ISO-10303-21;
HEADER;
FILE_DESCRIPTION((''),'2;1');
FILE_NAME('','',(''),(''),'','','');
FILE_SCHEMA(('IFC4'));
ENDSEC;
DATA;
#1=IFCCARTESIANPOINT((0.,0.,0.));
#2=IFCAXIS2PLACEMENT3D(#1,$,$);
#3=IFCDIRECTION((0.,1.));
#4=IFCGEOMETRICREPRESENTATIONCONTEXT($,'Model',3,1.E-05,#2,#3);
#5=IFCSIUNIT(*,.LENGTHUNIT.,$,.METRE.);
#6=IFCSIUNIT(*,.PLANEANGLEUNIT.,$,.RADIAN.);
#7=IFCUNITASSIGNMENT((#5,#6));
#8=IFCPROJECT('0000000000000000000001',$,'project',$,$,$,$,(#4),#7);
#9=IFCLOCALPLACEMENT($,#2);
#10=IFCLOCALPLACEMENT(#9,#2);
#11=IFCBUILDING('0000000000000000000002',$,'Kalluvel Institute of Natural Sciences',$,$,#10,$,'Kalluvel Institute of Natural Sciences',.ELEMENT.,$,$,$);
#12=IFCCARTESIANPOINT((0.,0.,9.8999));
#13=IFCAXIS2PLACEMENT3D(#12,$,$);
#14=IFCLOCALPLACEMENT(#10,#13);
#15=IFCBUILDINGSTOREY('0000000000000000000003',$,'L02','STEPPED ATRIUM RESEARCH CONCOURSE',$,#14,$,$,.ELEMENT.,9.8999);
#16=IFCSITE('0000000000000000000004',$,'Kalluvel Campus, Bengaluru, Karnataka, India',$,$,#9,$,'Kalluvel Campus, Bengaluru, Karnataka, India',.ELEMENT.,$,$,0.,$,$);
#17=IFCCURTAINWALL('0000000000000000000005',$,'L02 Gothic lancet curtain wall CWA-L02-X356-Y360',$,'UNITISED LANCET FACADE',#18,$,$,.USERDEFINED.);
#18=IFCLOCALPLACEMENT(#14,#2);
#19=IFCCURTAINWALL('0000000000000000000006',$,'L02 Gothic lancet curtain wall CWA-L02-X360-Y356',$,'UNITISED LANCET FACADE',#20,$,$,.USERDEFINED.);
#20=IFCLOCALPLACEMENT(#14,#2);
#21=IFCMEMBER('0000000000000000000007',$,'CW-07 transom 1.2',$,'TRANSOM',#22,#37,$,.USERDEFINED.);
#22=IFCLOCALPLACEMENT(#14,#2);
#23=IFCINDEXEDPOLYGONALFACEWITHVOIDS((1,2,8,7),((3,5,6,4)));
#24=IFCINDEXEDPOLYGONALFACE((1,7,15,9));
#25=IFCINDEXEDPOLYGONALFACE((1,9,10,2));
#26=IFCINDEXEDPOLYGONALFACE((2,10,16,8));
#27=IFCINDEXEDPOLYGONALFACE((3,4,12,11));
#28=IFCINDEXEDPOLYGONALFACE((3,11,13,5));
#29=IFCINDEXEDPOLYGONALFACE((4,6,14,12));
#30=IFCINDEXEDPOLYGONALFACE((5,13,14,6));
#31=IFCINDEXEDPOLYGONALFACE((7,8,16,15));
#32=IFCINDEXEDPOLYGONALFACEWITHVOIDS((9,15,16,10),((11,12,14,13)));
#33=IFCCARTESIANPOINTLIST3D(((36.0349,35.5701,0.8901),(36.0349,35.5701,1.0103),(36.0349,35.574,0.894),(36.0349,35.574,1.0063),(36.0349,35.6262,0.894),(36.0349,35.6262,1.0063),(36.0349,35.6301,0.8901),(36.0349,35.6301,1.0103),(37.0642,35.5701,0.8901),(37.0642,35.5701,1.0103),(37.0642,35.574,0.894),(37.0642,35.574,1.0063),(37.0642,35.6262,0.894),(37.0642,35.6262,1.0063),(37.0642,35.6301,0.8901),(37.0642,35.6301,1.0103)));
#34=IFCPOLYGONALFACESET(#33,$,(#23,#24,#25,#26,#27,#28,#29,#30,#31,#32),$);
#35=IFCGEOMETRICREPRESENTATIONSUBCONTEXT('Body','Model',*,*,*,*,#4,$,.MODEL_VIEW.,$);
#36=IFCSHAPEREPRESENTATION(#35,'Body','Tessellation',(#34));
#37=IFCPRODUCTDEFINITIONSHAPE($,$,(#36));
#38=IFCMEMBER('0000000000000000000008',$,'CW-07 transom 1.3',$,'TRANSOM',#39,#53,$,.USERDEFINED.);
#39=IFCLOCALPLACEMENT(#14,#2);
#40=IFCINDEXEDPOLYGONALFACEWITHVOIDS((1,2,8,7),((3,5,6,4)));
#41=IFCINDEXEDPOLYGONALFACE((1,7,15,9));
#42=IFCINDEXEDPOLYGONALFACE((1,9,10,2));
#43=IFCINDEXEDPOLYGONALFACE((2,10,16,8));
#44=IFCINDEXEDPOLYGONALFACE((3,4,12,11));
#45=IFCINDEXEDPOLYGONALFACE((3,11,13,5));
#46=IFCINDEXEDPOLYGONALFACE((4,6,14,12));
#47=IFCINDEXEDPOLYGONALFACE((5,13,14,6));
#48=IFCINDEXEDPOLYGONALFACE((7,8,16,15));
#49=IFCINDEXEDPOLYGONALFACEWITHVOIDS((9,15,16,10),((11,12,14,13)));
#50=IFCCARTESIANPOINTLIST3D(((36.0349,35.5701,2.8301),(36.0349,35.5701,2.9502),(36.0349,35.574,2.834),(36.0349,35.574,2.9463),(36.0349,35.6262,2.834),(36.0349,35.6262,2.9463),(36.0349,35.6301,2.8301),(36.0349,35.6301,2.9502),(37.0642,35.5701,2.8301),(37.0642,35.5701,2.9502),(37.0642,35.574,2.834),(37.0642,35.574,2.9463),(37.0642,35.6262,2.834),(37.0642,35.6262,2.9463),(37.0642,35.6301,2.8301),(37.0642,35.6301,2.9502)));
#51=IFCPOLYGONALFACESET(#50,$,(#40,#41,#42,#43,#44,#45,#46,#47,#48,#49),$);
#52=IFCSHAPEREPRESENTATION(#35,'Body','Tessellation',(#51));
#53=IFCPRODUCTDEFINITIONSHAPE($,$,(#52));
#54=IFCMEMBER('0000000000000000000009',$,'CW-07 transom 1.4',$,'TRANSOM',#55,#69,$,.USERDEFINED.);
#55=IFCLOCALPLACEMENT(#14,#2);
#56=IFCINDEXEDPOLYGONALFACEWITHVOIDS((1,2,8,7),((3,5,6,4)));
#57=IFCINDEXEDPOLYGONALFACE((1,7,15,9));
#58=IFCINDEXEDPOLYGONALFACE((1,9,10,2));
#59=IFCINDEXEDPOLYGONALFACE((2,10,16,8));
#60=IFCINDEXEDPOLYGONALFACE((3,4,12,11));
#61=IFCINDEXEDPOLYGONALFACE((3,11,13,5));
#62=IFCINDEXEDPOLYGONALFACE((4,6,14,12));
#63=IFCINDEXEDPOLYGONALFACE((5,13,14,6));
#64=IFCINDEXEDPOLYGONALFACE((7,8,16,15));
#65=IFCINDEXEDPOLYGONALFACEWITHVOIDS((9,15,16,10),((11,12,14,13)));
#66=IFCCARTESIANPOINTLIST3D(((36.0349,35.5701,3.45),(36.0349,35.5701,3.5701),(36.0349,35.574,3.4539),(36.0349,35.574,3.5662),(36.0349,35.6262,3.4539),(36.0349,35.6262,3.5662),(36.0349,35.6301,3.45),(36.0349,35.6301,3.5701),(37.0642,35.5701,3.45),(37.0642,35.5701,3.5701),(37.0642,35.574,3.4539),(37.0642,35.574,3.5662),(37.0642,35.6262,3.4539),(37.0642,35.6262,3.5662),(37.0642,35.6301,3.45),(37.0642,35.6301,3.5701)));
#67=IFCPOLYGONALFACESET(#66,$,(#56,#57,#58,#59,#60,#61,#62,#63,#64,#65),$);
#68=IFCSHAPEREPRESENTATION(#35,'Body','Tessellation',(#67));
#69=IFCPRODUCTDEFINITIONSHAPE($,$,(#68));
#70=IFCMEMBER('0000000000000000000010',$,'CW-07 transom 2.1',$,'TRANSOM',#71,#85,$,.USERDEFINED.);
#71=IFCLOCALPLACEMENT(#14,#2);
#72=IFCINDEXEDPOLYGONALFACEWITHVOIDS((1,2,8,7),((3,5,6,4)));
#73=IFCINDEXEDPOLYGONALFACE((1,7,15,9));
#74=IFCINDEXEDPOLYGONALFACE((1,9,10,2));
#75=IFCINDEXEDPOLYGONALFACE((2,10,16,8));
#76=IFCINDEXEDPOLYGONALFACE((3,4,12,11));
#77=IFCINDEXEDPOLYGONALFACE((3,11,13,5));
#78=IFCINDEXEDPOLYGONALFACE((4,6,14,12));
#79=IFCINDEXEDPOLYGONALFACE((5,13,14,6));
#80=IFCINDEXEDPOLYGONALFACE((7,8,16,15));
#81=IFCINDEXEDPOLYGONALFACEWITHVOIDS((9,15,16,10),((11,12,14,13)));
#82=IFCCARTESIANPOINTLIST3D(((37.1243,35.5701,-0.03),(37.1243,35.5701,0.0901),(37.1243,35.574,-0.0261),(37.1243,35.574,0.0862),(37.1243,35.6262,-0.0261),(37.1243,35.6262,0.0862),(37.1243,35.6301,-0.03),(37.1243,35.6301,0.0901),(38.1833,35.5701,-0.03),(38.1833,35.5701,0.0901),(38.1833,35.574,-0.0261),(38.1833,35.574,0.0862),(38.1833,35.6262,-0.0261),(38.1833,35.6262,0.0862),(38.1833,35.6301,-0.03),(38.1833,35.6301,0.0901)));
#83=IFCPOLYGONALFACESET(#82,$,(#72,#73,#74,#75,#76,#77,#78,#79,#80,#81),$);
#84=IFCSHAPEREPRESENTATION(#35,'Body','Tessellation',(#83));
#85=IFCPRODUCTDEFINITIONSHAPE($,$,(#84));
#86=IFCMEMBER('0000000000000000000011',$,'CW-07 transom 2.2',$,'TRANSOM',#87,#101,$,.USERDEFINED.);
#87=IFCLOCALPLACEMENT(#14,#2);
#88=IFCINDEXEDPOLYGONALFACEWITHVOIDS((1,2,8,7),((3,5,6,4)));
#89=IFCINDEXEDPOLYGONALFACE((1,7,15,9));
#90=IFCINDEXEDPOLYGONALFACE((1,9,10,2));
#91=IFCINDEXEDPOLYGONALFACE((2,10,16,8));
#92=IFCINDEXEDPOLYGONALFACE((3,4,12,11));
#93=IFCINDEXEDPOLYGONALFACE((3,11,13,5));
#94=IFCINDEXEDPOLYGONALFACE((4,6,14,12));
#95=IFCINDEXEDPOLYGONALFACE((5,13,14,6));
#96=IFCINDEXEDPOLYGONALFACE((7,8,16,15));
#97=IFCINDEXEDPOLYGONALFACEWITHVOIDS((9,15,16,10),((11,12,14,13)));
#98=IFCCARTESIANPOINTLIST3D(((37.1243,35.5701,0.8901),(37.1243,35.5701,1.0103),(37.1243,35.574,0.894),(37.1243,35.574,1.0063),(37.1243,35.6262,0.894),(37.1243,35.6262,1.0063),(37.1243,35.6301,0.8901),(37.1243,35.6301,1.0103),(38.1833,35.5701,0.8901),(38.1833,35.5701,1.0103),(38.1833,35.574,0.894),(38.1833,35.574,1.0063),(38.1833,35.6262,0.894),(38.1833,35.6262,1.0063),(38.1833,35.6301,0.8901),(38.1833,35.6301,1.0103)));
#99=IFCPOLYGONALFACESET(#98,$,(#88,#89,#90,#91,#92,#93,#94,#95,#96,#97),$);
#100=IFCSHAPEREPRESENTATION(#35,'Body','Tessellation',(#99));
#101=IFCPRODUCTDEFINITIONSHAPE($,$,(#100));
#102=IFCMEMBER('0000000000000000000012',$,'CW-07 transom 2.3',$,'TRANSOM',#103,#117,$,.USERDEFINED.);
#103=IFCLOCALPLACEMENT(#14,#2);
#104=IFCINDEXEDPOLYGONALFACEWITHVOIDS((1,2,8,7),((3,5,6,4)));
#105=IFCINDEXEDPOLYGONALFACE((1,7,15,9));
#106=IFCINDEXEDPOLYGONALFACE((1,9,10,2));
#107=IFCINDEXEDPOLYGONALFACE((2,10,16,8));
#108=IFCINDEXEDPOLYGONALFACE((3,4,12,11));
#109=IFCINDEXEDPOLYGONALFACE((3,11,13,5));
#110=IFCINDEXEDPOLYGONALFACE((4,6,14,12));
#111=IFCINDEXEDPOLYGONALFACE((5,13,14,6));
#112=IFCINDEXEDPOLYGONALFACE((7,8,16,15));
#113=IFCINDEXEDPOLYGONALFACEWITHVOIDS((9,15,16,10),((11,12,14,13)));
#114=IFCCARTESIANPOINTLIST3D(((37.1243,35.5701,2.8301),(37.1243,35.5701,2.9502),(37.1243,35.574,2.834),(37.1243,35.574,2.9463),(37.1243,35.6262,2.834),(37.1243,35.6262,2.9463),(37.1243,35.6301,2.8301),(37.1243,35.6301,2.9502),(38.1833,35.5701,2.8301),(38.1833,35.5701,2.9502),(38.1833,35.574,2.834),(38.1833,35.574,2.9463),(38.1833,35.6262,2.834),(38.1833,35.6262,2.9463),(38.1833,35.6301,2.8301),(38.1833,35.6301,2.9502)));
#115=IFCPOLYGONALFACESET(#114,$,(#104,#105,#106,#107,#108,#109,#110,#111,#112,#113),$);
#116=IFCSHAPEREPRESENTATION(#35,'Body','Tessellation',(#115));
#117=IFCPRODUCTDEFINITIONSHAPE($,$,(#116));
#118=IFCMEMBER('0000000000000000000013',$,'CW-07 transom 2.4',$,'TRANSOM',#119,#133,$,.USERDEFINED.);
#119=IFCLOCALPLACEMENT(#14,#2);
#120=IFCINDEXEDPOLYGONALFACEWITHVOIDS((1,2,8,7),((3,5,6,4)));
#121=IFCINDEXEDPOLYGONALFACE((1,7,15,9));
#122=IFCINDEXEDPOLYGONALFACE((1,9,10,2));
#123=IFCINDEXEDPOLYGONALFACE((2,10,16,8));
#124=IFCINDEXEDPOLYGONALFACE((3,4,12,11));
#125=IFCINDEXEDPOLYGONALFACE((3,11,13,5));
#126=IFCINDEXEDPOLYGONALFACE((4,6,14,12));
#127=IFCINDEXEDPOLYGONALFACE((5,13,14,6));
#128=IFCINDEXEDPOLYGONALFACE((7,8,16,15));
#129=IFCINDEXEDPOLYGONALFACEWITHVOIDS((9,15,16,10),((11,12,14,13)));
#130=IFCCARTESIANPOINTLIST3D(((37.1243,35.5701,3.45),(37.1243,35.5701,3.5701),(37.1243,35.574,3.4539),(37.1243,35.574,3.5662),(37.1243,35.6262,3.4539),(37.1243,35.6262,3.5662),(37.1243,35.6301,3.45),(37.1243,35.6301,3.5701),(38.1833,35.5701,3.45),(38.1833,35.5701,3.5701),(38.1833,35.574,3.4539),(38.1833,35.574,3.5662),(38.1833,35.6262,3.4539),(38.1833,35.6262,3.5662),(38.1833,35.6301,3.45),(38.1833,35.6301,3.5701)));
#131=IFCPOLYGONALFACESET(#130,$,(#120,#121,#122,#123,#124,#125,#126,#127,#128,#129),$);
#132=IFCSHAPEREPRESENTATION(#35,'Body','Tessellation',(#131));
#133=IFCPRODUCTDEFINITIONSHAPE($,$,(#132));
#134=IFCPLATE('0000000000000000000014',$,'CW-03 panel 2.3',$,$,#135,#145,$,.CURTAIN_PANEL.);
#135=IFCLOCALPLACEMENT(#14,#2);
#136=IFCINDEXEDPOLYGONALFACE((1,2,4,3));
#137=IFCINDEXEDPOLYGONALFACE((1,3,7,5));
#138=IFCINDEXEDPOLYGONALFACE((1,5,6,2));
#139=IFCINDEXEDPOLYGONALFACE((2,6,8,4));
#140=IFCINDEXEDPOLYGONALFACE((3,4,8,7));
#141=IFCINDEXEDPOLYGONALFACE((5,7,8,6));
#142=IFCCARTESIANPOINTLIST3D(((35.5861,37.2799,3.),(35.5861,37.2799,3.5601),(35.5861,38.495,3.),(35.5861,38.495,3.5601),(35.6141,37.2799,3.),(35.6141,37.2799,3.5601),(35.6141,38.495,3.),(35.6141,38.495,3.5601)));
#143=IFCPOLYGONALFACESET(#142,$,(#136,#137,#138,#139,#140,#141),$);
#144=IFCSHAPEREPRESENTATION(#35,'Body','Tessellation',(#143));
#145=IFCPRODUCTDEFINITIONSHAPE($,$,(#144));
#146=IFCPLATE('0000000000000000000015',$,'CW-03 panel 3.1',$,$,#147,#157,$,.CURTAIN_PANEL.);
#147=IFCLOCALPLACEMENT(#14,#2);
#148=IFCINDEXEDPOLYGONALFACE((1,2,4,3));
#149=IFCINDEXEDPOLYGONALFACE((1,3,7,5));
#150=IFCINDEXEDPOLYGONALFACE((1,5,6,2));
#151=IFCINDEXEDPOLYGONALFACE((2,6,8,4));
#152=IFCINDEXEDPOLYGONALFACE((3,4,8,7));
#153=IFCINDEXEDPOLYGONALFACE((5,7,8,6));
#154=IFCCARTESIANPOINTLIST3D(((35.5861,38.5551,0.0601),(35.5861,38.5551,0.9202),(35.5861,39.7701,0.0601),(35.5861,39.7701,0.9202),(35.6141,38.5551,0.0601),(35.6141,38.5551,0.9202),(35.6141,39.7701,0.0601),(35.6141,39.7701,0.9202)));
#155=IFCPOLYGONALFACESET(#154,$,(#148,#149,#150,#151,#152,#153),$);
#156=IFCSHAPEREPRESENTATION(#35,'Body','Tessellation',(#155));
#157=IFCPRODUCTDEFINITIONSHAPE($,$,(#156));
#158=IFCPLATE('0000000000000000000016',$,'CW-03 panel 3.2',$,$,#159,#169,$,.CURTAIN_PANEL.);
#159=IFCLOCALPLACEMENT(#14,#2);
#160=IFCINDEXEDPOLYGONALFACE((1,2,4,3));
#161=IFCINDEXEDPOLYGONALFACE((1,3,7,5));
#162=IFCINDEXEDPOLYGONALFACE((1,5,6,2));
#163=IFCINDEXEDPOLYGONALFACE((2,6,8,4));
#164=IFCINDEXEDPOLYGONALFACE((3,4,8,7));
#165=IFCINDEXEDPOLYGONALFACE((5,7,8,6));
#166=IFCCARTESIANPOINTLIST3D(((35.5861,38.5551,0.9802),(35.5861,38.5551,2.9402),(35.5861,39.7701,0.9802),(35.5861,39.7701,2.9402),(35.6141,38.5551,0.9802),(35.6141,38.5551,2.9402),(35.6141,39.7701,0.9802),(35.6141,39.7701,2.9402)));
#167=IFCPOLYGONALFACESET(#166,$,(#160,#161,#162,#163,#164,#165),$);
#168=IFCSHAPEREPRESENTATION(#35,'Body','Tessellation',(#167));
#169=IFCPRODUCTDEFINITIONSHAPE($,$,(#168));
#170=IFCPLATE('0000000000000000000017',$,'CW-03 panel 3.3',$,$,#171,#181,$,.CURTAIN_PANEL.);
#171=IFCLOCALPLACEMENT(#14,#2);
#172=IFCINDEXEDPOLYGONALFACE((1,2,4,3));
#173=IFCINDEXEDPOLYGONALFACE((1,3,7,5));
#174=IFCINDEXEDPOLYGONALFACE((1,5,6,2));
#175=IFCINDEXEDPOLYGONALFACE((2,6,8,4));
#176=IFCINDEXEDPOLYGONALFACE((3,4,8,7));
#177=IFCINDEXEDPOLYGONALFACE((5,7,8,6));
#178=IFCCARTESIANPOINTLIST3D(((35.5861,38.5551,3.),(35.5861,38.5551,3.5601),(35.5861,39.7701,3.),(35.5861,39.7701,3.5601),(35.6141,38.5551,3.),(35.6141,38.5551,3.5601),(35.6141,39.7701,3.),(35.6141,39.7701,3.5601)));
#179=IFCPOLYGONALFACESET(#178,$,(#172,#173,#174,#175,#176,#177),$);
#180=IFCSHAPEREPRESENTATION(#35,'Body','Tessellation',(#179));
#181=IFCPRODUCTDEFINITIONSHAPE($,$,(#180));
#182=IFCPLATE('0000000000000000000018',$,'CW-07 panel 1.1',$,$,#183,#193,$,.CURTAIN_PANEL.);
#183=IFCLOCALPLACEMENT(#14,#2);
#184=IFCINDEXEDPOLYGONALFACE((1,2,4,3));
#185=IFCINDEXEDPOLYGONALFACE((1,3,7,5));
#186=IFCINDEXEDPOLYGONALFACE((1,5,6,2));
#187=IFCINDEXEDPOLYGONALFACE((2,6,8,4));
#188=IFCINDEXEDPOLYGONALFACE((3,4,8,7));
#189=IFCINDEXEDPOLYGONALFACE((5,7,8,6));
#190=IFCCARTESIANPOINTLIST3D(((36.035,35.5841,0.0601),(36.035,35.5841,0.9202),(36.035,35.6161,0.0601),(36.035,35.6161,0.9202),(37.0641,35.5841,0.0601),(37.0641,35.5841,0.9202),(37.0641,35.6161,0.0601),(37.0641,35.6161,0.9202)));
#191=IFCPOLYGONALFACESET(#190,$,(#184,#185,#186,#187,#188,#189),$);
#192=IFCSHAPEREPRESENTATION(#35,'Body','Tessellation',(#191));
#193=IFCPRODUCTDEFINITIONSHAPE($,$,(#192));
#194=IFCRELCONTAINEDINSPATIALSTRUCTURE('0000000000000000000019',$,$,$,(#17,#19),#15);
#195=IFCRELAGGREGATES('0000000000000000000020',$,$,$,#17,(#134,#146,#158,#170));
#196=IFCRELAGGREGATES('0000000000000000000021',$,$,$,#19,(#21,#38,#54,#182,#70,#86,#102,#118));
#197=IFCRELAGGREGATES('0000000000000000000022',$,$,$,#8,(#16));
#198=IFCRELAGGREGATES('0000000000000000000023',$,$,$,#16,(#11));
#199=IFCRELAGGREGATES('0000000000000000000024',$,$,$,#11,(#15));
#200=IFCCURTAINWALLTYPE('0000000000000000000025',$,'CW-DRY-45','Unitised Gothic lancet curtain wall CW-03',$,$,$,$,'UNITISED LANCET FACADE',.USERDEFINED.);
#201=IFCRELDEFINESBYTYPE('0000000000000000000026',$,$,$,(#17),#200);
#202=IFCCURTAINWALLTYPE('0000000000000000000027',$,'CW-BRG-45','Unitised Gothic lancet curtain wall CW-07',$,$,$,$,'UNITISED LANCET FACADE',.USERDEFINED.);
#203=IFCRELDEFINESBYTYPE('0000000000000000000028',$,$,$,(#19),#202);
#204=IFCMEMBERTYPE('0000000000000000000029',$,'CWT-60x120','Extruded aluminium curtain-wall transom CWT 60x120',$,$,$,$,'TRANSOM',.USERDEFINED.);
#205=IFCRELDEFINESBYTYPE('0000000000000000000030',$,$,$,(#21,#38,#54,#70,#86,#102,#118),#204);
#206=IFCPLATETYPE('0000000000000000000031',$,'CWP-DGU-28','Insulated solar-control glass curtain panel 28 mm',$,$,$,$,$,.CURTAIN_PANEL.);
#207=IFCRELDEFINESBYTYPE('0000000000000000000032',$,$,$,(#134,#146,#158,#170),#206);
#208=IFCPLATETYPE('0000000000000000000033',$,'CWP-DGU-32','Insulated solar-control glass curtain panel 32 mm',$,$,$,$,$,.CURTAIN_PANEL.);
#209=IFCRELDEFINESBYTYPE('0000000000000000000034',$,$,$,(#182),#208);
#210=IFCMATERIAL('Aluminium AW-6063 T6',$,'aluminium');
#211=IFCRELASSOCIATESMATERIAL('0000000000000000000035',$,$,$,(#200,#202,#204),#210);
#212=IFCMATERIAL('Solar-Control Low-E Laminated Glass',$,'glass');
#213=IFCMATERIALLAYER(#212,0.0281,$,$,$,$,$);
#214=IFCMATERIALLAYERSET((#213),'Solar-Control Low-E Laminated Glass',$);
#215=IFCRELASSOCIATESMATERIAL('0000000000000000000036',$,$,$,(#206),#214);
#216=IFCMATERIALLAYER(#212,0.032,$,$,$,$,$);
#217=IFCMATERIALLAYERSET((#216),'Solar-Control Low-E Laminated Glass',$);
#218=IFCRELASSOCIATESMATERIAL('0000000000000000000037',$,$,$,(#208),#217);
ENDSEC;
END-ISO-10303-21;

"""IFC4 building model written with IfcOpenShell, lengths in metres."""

from ifc_helpers import new_model, si_unit, direction, frame, origin, origin_2d, place, context, subcontext, project, spatial, rectangle, hollow_rectangle, extrude, material, layer, layer_set, material_profile, profile_set, type_object, element, aggregate, save


model = new_model("IFC4")

# Units and contexts
model_context = context("Model", 3, precision=1e-05, world=origin(), true_north=direction((0.0, 1.0)))
body_context = subcontext(model_context, "Body", "Model", "MODEL_VIEW")
ifc_project = project(units=[si_unit("LENGTHUNIT", "METRE"), si_unit("PLANEANGLEUNIT", "RADIAN")], contexts=[model_context])

# Site, building, storey
site_placement = place(None, origin())
site = spatial("IfcSite", under=ifc_project, at=site_placement, Name="Kalluvel Campus, Bengaluru, Karnataka, India", LongName="Kalluvel Campus, Bengaluru, Karnataka, India", CompositionType="ELEMENT", RefElevation=0.0)
building_placement = place(site_placement, origin())
building = spatial("IfcBuilding", under=site, at=building_placement, Name="Kalluvel Institute of Natural Sciences", LongName="Kalluvel Institute of Natural Sciences", CompositionType="ELEMENT")
storey_placement = place(building_placement, frame((0.0, 0.0, 9.8999)))
storey = spatial("IfcBuildingStorey", under=building, at=storey_placement, Name="L02", Description="STEPPED ATRIUM RESEARCH CONCOURSE", CompositionType="ELEMENT", Elevation=9.8999)

# Curtain wall
ifc_material_1 = material(Name="Aluminium AW-6063 T6", Category="aluminium")
curtain_wall_type_1 = type_object("IfcCurtainWallType", Name="CW-DRY-45", Description="Unitised Gothic lancet curtain wall CW-03", ElementType="UNITISED LANCET FACADE", PredefinedType="USERDEFINED", material=ifc_material_1)
curtain_wall_1_placement = place(storey_placement, origin())
curtain_wall_1 = element("IfcCurtainWall", 1, at=curtain_wall_1_placement, inside=storey, type_object=curtain_wall_type_1, Name="L02 Gothic lancet curtain wall CWA-L02-X356-Y360", ObjectType="UNITISED LANCET FACADE", PredefinedType="USERDEFINED")

# Curtain wall
curtain_wall_type_2 = type_object("IfcCurtainWallType", Name="CW-BRG-45", Description="Unitised Gothic lancet curtain wall CW-07", ElementType="UNITISED LANCET FACADE", PredefinedType="USERDEFINED", material=ifc_material_1)
curtain_wall_2_placement = place(storey_placement, origin())
curtain_wall_2 = element("IfcCurtainWall", 2, at=curtain_wall_2_placement, inside=storey, type_object=curtain_wall_type_2, Name="L02 Gothic lancet curtain wall CWA-L02-X360-Y356", ObjectType="UNITISED LANCET FACADE", PredefinedType="USERDEFINED")

# Members
ifc_material_profile_1 = material_profile(ifc_material_1, hollow_rectangle(XDim=0.0601, YDim=0.1201, WallThickness=0.0039, at=origin_2d()), Name="CWT 60x120")
ifc_profile_set_1 = profile_set([ifc_material_profile_1], Name="Aluminium AW-6063 T6")
member_type_1 = type_object("IfcMemberType", Name="CWT-60x120", Description="Extruded aluminium curtain-wall transom CWT 60x120", ElementType="TRANSOM", PredefinedType="USERDEFINED", material=ifc_profile_set_1)
member_1_placement = place(storey_placement, frame((36.0349, 35.6001, 0.9502), z_axis=(1.0, 0.0, 0.0), x_axis=(0.0, 1.0, 0.0)))
member_1 = element("IfcMember", 3, at=member_1_placement, type_object=member_type_1, Name="CW-07 transom 1.2", ObjectType="TRANSOM", PredefinedType="USERDEFINED", context=body_context, shape_type="SweptSolid", body=[
    extrude(hollow_rectangle(XDim=0.0601, YDim=0.1201, WallThickness=0.0039, at=origin_2d()), origin(), (0.0, 0.0, 1.0), 1.0293),
])
member_2_placement = place(storey_placement, frame((36.0349, 35.6001, 2.8901), z_axis=(1.0, 0.0, 0.0), x_axis=(0.0, 1.0, 0.0)))
member_2 = element("IfcMember", 4, at=member_2_placement, type_object=member_type_1, Name="CW-07 transom 1.3", ObjectType="TRANSOM", PredefinedType="USERDEFINED", context=body_context, shape_type="SweptSolid", body=[
    extrude(hollow_rectangle(XDim=0.0601, YDim=0.1201, WallThickness=0.0039, at=origin_2d()), origin(), (0.0, 0.0, 1.0), 1.0293),
])
member_3_placement = place(storey_placement, frame((36.0349, 35.6001, 3.51), z_axis=(1.0, 0.0, 0.0), x_axis=(0.0, 1.0, 0.0)))
member_3 = element("IfcMember", 5, at=member_3_placement, type_object=member_type_1, Name="CW-07 transom 1.4", ObjectType="TRANSOM", PredefinedType="USERDEFINED", context=body_context, shape_type="SweptSolid", body=[
    extrude(hollow_rectangle(XDim=0.0601, YDim=0.1201, WallThickness=0.0039, at=origin_2d()), origin(), (0.0, 0.0, 1.0), 1.0293),
])
member_4_placement = place(storey_placement, frame((37.1243, 35.6001, 0.03), z_axis=(1.0, 0.0, 0.0), x_axis=(0.0, 1.0, 0.0)))
member_4 = element("IfcMember", 6, at=member_4_placement, type_object=member_type_1, Name="CW-07 transom 2.1", ObjectType="TRANSOM", PredefinedType="USERDEFINED", context=body_context, shape_type="SweptSolid", body=[
    extrude(hollow_rectangle(XDim=0.0601, YDim=0.1201, WallThickness=0.0039, at=origin_2d()), origin(), (0.0, 0.0, 1.0), 1.0591),
])
member_5_placement = place(storey_placement, frame((37.1243, 35.6001, 0.9502), z_axis=(1.0, 0.0, 0.0), x_axis=(0.0, 1.0, 0.0)))
member_5 = element("IfcMember", 7, at=member_5_placement, type_object=member_type_1, Name="CW-07 transom 2.2", ObjectType="TRANSOM", PredefinedType="USERDEFINED", context=body_context, shape_type="SweptSolid", body=[
    extrude(hollow_rectangle(XDim=0.0601, YDim=0.1201, WallThickness=0.0039, at=origin_2d()), origin(), (0.0, 0.0, 1.0), 1.0591),
])
member_6_placement = place(storey_placement, frame((37.1243, 35.6001, 2.8901), z_axis=(1.0, 0.0, 0.0), x_axis=(0.0, 1.0, 0.0)))
member_6 = element("IfcMember", 8, at=member_6_placement, type_object=member_type_1, Name="CW-07 transom 2.3", ObjectType="TRANSOM", PredefinedType="USERDEFINED", context=body_context, shape_type="SweptSolid", body=[
    extrude(hollow_rectangle(XDim=0.0601, YDim=0.1201, WallThickness=0.0039, at=origin_2d()), origin(), (0.0, 0.0, 1.0), 1.0591),
])
member_7_placement = place(storey_placement, frame((37.1243, 35.6001, 3.51), z_axis=(1.0, 0.0, 0.0), x_axis=(0.0, 1.0, 0.0)))
member_7 = element("IfcMember", 9, at=member_7_placement, type_object=member_type_1, Name="CW-07 transom 2.4", ObjectType="TRANSOM", PredefinedType="USERDEFINED", context=body_context, shape_type="SweptSolid", body=[
    extrude(hollow_rectangle(XDim=0.0601, YDim=0.1201, WallThickness=0.0039, at=origin_2d()), origin(), (0.0, 0.0, 1.0), 1.0591),
])

# Plates
ifc_material_2 = material(Name="Solar-Control Low-E Laminated Glass", Category="glass")
ifc_layer_1 = layer(ifc_material_2, 0.0281)
ifc_layer_set_1 = layer_set([ifc_layer_1], Name="Solar-Control Low-E Laminated Glass")
plate_type_1 = type_object("IfcPlateType", Name="CWP-DGU-28", Description="Insulated solar-control glass curtain panel 28 mm", PredefinedType="CURTAIN_PANEL", material=ifc_layer_set_1)
plate_1_placement = place(storey_placement, frame((35.6001, 37.8875, 3.0), z_axis=(0.0, 0.0, 1.0), x_axis=(0.0, 1.0, 0.0)))
plate_1 = element("IfcPlate", 10, at=plate_1_placement, type_object=plate_type_1, Name="CW-03 panel 2.3", PredefinedType="CURTAIN_PANEL", context=body_context, shape_type="SweptSolid", body=[
    extrude(rectangle(XDim=1.2151, YDim=0.0281, at=origin_2d()), origin(), (0.0, 0.0, 1.0), 0.5601),
])
plate_2_placement = place(storey_placement, frame((35.6001, 39.1626, 0.0601), z_axis=(0.0, 0.0, 1.0), x_axis=(0.0, 1.0, 0.0)))
plate_2 = element("IfcPlate", 11, at=plate_2_placement, type_object=plate_type_1, Name="CW-03 panel 3.1", PredefinedType="CURTAIN_PANEL", context=body_context, shape_type="SweptSolid", body=[
    extrude(rectangle(XDim=1.2151, YDim=0.0281, at=origin_2d()), origin(), (0.0, 0.0, 1.0), 0.8601),
])
plate_3_placement = place(storey_placement, frame((35.6001, 39.1626, 0.9802), z_axis=(0.0, 0.0, 1.0), x_axis=(0.0, 1.0, 0.0)))
plate_3 = element("IfcPlate", 12, at=plate_3_placement, type_object=plate_type_1, Name="CW-03 panel 3.2", PredefinedType="CURTAIN_PANEL", context=body_context, shape_type="SweptSolid", body=[
    extrude(rectangle(XDim=1.2151, YDim=0.0281, at=origin_2d()), origin(), (0.0, 0.0, 1.0), 1.96),
])
plate_4_placement = place(storey_placement, frame((35.6001, 39.1626, 3.0), z_axis=(0.0, 0.0, 1.0), x_axis=(0.0, 1.0, 0.0)))
plate_4 = element("IfcPlate", 13, at=plate_4_placement, type_object=plate_type_1, Name="CW-03 panel 3.3", PredefinedType="CURTAIN_PANEL", context=body_context, shape_type="SweptSolid", body=[
    extrude(rectangle(XDim=1.2151, YDim=0.0281, at=origin_2d()), origin(), (0.0, 0.0, 1.0), 0.5601),
])
aggregate(curtain_wall_1, [plate_1, plate_2, plate_3, plate_4])
ifc_layer_2 = layer(ifc_material_2, 0.032)
ifc_layer_set_2 = layer_set([ifc_layer_2], Name="Solar-Control Low-E Laminated Glass")
plate_type_2 = type_object("IfcPlateType", Name="CWP-DGU-32", Description="Insulated solar-control glass curtain panel 32 mm", PredefinedType="CURTAIN_PANEL", material=ifc_layer_set_2)
plate_5_placement = place(storey_placement, frame((36.5496, 35.6001, 0.0601), z_axis=(0.0, 0.0, 1.0), x_axis=(1.0, 0.0, 0.0)))
plate_5 = element("IfcPlate", 14, at=plate_5_placement, type_object=plate_type_2, Name="CW-07 panel 1.1", PredefinedType="CURTAIN_PANEL", context=body_context, shape_type="SweptSolid", body=[
    extrude(rectangle(XDim=1.0291, YDim=0.032, at=origin_2d()), origin(), (0.0, 0.0, 1.0), 0.8601),
])
aggregate(curtain_wall_2, [member_1, member_2, member_3, plate_5, member_4, member_5, member_6, member_7])

save(model, "model.ifc")
